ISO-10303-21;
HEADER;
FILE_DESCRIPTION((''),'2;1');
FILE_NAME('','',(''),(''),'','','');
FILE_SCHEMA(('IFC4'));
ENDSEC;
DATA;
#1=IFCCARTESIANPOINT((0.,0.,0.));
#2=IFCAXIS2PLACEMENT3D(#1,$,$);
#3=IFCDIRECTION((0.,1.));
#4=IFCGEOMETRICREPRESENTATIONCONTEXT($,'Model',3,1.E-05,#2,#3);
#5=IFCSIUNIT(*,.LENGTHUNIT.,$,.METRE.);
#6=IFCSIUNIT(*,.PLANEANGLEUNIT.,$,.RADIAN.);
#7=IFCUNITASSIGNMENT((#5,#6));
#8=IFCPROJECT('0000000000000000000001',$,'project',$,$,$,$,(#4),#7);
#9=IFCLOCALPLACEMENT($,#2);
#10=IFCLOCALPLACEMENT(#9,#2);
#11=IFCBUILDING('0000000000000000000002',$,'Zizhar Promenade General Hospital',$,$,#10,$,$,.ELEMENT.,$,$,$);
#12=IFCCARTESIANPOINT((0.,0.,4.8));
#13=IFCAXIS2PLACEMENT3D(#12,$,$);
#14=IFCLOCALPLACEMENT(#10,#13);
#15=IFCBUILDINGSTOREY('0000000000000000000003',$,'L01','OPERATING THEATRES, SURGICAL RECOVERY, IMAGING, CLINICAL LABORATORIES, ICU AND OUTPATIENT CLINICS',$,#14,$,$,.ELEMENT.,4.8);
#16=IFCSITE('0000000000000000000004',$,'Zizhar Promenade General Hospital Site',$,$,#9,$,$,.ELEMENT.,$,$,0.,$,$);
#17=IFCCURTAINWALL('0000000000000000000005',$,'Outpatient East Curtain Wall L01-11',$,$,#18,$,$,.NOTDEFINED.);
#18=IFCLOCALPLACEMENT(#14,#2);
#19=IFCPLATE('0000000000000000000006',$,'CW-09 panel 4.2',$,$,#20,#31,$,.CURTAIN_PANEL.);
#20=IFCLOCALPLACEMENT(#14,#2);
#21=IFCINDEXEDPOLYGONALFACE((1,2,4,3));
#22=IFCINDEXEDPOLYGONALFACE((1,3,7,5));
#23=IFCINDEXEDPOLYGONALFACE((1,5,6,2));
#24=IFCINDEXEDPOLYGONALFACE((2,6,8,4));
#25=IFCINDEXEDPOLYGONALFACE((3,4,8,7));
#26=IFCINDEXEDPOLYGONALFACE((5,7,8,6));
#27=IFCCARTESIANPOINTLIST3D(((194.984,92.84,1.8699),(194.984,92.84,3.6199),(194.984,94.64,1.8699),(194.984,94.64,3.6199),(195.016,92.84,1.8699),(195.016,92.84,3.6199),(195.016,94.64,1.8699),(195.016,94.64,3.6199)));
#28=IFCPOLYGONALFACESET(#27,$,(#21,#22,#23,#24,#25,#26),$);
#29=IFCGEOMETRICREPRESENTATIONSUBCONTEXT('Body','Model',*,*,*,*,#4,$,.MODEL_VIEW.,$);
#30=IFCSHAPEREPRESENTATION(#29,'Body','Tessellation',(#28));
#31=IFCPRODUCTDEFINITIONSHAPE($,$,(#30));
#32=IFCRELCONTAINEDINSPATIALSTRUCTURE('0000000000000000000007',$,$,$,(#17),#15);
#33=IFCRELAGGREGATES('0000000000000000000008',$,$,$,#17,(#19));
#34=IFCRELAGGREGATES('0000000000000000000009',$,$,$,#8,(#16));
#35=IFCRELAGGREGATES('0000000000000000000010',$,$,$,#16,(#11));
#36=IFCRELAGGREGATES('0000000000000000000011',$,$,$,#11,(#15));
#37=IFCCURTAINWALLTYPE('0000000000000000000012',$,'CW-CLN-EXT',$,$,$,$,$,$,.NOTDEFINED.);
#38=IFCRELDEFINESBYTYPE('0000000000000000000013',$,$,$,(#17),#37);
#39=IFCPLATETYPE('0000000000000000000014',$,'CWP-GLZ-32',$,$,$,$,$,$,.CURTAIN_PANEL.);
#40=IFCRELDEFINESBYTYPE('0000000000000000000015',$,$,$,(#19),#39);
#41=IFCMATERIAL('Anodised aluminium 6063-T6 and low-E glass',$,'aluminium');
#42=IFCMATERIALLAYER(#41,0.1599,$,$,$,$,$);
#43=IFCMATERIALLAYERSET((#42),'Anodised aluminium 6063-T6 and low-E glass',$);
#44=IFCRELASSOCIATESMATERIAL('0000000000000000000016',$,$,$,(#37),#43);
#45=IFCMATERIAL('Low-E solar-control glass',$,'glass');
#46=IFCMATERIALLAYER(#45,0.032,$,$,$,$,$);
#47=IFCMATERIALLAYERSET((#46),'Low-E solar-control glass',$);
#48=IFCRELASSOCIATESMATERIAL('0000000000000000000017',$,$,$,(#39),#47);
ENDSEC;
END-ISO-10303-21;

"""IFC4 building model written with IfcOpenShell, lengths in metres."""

from ifc_helpers import new_model, si_unit, direction, frame, origin, origin_2d, place, context, subcontext, project, spatial, rectangle, extrude, material, layer, layer_set, type_object, element, aggregate, save


model = new_model("IFC4")

# Units and contexts
model_context = context("Model", 3, precision=1e-05, world=origin(), true_north=direction((0.0, 1.0)))
body_context = subcontext(model_context, "Body", "Model", "MODEL_VIEW")
ifc_project = project(units=[si_unit("LENGTHUNIT", "METRE"), si_unit("PLANEANGLEUNIT", "RADIAN")], contexts=[model_context])

# Site, building, storey
site_placement = place(None, origin())
site = spatial("IfcSite", under=ifc_project, at=site_placement, Name="Zizhar Promenade General Hospital Site", CompositionType="ELEMENT", RefElevation=0.0)
building_placement = place(site_placement, origin())
building = spatial("IfcBuilding", under=site, at=building_placement, Name="Zizhar Promenade General Hospital", CompositionType="ELEMENT")
storey_placement = place(building_placement, frame((0.0, 0.0, 4.8)))
storey = spatial("IfcBuildingStorey", under=building, at=storey_placement, Name="L01", Description="OPERATING THEATRES, SURGICAL RECOVERY, IMAGING, CLINICAL LABORATORIES, ICU AND OUTPATIENT CLINICS", CompositionType="ELEMENT", Elevation=4.8)

# Shared definitions
ifc_material_1 = material(Name="Anodised aluminium 6063-T6 and low-E glass", Category="aluminium")
ifc_layer_1 = layer(ifc_material_1, 0.1599)
ifc_layer_set_1 = layer_set([ifc_layer_1], Name="Anodised aluminium 6063-T6 and low-E glass")
curtain_wall_type = type_object("IfcCurtainWallType", Name="CW-CLN-EXT", PredefinedType="NOTDEFINED", material=ifc_layer_set_1)

# Curtain wall
curtain_wall_1_placement = place(storey_placement, origin())
curtain_wall_1 = element("IfcCurtainWall", 1, at=curtain_wall_1_placement, inside=storey, type_object=curtain_wall_type, Name="Outpatient East Curtain Wall L01-11", PredefinedType="NOTDEFINED")

# Plate
ifc_material_2 = material(Name="Low-E solar-control glass", Category="glass")
ifc_layer_2 = layer(ifc_material_2, 0.032)
ifc_layer_set_2 = layer_set([ifc_layer_2], Name="Low-E solar-control glass")
plate_type = type_object("IfcPlateType", Name="CWP-GLZ-32", PredefinedType="CURTAIN_PANEL", material=ifc_layer_set_2)
plate_1_placement = place(storey_placement, frame((195.0, 93.74, 1.8699), z_axis=(0.0, 0.0, 1.0), x_axis=(0.0, -1.0, 0.0)))
plate_1 = element("IfcPlate", 2, at=plate_1_placement, type_object=plate_type, Name="CW-09 panel 4.2", PredefinedType="CURTAIN_PANEL", context=body_context, shape_type="SweptSolid", body=[
    extrude(rectangle(XDim=1.8, YDim=0.032, at=origin_2d()), origin(), (0.0, 0.0, 1.0), 1.75),
])
aggregate(curtain_wall_1, [plate_1])

save(model, "model.ifc")
